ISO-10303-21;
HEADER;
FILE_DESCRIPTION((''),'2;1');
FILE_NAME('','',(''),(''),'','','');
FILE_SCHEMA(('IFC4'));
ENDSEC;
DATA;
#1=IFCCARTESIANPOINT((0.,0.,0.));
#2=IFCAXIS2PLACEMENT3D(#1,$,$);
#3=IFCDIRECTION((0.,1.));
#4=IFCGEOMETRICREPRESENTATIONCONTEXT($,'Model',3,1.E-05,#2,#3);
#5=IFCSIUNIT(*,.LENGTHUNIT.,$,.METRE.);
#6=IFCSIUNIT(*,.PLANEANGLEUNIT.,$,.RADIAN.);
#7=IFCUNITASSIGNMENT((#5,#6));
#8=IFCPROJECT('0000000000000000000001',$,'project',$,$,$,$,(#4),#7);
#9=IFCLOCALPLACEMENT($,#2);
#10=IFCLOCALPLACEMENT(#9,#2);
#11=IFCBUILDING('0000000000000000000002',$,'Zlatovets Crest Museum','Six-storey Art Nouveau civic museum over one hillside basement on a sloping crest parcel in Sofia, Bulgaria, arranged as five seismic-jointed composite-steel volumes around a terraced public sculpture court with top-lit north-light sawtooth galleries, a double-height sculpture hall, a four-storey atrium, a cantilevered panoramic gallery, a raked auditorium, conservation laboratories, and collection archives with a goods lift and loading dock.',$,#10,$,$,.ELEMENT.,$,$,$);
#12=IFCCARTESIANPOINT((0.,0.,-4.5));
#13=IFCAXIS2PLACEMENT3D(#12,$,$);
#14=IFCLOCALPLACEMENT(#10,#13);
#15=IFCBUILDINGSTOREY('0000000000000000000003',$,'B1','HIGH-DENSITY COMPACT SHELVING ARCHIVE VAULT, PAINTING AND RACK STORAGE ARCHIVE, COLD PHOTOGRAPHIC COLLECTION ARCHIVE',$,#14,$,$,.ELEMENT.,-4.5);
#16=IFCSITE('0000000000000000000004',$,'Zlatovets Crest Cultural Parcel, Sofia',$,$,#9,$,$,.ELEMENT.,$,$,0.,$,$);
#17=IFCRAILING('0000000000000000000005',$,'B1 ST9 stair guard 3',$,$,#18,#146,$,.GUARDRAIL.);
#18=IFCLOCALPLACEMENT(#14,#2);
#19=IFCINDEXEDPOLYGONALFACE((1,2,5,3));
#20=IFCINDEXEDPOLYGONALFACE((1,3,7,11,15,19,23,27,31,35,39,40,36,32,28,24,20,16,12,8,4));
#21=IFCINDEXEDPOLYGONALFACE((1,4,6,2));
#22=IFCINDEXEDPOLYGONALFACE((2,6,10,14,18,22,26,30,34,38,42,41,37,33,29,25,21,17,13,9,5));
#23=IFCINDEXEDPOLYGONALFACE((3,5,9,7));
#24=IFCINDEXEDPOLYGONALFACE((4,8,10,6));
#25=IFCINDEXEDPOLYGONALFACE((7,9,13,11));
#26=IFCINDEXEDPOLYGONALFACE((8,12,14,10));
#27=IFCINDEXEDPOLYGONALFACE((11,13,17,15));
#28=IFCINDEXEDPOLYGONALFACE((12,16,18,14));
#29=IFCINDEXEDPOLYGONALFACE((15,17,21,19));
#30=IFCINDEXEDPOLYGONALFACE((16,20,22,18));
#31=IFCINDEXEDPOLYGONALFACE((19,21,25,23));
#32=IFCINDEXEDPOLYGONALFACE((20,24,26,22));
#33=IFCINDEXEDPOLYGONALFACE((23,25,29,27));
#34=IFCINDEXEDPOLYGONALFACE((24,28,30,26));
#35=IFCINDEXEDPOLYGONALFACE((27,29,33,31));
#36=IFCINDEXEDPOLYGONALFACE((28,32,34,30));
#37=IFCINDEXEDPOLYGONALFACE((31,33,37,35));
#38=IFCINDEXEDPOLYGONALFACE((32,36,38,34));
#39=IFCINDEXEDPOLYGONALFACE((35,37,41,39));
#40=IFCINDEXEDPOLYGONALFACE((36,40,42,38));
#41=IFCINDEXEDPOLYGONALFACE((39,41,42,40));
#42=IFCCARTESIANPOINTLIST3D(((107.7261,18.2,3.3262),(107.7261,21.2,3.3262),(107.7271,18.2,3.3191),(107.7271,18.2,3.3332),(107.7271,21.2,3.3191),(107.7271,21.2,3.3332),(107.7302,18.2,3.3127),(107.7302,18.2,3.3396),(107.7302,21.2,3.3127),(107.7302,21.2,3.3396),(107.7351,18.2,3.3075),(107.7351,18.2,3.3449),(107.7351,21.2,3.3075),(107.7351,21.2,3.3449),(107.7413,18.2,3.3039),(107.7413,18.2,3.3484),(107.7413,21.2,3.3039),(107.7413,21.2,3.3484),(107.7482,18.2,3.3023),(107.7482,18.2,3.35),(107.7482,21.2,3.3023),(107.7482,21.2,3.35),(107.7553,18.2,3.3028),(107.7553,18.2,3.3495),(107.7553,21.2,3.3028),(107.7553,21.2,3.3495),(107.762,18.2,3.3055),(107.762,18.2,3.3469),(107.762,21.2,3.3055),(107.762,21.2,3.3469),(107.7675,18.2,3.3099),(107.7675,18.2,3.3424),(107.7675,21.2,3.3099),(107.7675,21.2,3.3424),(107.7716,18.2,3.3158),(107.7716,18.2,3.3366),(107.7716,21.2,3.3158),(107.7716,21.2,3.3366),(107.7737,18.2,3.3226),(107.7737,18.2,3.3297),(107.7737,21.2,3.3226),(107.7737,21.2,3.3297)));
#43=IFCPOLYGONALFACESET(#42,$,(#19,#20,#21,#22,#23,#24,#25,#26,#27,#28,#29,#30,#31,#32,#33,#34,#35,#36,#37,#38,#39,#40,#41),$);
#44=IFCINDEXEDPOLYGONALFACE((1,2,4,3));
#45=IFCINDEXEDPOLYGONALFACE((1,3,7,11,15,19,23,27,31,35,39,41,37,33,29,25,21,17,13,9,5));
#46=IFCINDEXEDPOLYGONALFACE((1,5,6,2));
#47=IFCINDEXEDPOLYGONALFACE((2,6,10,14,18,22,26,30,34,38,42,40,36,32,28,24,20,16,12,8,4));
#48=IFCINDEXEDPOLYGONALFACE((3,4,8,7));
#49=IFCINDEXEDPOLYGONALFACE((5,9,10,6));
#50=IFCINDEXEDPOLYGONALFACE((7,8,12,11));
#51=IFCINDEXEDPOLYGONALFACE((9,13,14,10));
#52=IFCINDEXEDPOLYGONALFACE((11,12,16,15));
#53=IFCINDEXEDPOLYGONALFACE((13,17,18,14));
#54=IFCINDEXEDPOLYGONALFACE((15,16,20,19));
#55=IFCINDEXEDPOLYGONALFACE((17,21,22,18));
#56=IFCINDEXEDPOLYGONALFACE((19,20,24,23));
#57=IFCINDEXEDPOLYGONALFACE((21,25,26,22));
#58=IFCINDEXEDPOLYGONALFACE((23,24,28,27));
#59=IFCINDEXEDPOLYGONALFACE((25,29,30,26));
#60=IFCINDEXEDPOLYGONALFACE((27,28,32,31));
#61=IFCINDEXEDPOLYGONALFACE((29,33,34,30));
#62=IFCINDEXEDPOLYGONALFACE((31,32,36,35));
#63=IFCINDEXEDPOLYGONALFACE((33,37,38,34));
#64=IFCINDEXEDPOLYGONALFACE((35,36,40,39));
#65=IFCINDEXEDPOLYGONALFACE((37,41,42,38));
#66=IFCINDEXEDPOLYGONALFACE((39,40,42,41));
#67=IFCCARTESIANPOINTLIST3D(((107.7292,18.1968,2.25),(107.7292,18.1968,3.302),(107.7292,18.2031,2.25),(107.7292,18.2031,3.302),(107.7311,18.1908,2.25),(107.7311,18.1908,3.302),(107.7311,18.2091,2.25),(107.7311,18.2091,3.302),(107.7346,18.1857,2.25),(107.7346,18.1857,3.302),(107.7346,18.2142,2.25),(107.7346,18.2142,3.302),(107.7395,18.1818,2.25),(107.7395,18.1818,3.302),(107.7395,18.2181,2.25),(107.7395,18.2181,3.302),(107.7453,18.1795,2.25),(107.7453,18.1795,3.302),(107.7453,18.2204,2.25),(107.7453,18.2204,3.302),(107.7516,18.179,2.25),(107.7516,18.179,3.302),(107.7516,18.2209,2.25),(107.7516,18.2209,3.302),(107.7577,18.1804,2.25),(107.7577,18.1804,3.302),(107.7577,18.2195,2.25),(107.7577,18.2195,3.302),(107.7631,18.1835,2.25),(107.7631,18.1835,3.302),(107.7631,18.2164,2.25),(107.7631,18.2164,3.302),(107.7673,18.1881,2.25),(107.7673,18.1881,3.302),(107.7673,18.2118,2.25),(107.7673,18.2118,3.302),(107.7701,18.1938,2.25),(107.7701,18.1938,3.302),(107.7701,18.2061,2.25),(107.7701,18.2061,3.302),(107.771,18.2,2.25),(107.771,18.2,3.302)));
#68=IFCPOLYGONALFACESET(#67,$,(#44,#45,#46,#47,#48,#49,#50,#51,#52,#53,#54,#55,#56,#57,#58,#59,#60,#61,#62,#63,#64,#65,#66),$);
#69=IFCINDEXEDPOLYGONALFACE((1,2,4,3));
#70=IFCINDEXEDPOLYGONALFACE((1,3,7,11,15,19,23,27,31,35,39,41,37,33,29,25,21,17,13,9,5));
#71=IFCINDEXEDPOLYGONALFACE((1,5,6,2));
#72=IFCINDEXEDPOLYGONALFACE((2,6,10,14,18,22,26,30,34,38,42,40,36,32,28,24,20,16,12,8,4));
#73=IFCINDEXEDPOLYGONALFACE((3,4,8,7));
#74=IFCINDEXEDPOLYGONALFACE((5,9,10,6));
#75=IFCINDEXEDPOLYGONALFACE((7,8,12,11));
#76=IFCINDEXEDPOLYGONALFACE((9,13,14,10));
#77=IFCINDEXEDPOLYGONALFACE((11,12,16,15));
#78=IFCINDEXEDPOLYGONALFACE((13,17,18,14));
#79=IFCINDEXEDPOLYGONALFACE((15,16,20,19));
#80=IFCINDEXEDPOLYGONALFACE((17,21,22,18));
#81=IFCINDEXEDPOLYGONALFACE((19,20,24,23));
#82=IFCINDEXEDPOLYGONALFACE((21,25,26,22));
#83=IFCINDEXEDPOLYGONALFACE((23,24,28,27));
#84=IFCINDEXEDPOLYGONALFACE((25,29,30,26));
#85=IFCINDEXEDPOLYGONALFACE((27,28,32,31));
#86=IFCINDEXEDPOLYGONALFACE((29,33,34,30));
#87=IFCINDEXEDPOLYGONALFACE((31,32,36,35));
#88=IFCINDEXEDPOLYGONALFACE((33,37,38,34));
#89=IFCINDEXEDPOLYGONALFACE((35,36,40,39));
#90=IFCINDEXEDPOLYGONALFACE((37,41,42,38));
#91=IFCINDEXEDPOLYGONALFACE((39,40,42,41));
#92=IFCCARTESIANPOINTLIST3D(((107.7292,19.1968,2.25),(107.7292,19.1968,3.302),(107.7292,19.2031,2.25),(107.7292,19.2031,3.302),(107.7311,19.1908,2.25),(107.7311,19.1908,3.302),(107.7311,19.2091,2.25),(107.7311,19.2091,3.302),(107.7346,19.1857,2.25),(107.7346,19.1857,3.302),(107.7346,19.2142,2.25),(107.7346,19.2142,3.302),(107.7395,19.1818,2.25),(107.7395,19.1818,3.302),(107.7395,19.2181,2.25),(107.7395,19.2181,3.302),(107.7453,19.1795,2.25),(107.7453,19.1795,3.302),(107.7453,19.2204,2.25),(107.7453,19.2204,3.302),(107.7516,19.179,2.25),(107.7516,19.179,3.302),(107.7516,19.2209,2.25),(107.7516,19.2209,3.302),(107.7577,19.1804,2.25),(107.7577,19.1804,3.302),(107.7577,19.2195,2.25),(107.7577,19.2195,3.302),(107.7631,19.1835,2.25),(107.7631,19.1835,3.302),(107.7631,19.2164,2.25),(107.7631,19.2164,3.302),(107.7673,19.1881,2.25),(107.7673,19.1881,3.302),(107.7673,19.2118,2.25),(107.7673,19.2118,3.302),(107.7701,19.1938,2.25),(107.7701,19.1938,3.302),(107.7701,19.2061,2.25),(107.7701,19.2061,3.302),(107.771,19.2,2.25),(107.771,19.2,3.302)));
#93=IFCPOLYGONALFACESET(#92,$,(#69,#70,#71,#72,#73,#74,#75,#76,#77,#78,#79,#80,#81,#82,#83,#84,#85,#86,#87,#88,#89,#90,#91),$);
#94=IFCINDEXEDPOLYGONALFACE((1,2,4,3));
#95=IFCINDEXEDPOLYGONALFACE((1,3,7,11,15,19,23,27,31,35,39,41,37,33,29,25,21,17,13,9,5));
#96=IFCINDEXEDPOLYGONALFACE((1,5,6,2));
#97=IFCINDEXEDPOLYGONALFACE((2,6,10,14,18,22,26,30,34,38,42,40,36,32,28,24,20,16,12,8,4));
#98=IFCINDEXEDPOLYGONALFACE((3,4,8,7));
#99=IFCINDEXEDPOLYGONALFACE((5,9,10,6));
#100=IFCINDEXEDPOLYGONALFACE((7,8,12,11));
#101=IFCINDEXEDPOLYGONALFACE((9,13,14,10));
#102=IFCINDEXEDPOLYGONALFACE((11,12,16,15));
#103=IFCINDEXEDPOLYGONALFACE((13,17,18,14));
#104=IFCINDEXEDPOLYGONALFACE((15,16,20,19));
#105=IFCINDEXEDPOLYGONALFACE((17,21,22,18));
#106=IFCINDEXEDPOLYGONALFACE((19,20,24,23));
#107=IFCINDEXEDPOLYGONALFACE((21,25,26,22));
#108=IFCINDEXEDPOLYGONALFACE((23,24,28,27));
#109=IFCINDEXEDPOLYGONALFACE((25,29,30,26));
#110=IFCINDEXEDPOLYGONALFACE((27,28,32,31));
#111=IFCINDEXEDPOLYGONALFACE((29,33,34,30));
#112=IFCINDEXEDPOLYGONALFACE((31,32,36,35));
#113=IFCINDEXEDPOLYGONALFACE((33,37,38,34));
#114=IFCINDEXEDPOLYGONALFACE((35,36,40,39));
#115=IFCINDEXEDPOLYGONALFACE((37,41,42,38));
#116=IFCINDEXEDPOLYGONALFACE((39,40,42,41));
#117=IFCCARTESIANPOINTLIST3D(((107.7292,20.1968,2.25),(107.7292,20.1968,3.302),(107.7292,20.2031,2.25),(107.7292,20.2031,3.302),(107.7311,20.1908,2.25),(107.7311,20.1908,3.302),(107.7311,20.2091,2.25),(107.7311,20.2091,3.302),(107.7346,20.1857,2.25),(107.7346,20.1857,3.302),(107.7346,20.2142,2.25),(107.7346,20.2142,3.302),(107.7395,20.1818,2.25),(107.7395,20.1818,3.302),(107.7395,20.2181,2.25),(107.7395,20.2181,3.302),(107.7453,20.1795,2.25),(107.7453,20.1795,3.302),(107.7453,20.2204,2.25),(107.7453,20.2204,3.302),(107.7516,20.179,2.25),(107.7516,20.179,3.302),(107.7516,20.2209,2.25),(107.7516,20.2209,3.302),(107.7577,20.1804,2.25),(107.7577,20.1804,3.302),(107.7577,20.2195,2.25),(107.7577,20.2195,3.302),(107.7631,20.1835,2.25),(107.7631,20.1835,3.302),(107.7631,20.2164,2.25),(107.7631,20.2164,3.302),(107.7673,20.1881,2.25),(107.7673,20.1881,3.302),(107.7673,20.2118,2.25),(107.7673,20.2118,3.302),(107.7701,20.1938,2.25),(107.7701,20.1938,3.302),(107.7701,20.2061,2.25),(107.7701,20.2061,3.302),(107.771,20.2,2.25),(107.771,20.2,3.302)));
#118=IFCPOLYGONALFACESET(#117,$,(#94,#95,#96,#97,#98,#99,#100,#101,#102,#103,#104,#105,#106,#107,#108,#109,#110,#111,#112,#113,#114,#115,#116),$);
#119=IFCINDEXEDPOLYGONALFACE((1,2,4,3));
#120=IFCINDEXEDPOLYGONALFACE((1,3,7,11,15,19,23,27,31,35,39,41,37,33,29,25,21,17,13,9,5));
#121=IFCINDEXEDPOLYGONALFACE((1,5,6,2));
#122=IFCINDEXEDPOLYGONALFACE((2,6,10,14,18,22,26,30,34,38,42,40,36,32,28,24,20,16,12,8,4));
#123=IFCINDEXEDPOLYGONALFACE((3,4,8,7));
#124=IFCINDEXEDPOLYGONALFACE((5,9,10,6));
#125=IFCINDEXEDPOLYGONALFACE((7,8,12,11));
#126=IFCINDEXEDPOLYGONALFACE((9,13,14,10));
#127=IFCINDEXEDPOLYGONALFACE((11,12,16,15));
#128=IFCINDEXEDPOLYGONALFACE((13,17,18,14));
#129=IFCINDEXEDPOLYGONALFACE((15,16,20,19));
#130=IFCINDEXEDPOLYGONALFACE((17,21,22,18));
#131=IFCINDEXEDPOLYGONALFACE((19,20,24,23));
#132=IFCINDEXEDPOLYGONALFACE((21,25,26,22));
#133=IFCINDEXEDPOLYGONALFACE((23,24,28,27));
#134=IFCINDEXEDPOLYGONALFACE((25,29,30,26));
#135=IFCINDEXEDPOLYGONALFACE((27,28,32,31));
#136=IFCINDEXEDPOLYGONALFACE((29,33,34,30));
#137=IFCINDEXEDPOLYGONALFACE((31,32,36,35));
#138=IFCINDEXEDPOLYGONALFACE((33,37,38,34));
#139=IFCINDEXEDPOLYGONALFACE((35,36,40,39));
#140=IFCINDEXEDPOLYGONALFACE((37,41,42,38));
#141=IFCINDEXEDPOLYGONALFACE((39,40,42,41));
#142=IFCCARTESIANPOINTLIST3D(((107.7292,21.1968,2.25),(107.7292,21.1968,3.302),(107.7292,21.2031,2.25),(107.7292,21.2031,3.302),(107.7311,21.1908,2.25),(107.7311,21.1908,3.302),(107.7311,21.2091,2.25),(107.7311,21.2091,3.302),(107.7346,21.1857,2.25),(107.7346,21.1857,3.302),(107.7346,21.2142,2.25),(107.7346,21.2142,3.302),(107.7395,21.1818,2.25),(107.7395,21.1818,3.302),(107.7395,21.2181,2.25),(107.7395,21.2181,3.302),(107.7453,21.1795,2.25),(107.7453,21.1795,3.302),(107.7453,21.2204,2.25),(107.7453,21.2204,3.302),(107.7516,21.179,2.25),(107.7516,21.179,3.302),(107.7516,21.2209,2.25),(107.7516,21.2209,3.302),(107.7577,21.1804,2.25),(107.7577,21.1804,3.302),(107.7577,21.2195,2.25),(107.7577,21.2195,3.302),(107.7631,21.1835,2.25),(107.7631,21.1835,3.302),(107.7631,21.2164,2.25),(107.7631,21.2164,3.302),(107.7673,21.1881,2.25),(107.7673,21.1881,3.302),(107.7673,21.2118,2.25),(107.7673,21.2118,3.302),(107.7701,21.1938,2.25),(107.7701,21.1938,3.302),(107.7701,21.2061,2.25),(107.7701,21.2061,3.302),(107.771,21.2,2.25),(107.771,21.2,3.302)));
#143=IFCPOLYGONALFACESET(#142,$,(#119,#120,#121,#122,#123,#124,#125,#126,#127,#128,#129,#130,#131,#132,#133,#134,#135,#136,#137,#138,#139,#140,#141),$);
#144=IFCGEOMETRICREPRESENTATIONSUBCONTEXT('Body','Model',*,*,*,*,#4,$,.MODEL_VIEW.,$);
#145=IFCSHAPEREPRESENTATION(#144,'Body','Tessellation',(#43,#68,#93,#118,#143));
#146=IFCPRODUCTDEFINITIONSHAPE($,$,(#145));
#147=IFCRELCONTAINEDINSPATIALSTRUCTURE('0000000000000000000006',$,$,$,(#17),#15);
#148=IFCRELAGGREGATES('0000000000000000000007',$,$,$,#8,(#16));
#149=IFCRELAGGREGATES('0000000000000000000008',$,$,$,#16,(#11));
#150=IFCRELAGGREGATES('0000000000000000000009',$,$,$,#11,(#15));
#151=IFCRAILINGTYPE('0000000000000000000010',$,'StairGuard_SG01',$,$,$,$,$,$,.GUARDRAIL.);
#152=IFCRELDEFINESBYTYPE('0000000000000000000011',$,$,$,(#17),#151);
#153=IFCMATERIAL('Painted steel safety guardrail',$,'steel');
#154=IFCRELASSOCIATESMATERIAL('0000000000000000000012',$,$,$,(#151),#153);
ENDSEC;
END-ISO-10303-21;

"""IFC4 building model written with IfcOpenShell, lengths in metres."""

from ifc_helpers import new_model, si_unit, direction, frame, origin, origin_2d, place, context, subcontext, project, spatial, circle, extrude, material, type_object, element, save


model = new_model("IFC4")

# Units and contexts
model_context = context("Model", 3, precision=1e-05, world=origin(), true_north=direction((0.0, 1.0)))
body_context = subcontext(model_context, "Body", "Model", "MODEL_VIEW")
ifc_project = project(units=[si_unit("LENGTHUNIT", "METRE"), si_unit("PLANEANGLEUNIT", "RADIAN")], contexts=[model_context])

# Site, building, storey
site_placement = place(None, origin())
site = spatial("IfcSite", under=ifc_project, at=site_placement, Name="Zlatovets Crest Cultural Parcel, Sofia", CompositionType="ELEMENT", RefElevation=0.0)
building_placement = place(site_placement, origin())
building = spatial("IfcBuilding", under=site, at=building_placement, Name="Zlatovets Crest Museum", Description="Six-storey Art Nouveau civic museum over one hillside basement on a sloping crest parcel in Sofia, Bulgaria, arranged as five seismic-jointed composite-steel volumes around a terraced public sculpture court with top-lit north-light sawtooth galleries, a double-height sculpture hall, a four-storey atrium, a cantilevered panoramic gallery, a raked auditorium, conservation laboratories, and collection archives with a goods lift and loading dock.", CompositionType="ELEMENT")
storey_placement = place(building_placement, frame((0.0, 0.0, -4.5)))
storey = spatial("IfcBuildingStorey", under=building, at=storey_placement, Name="B1", Description="HIGH-DENSITY COMPACT SHELVING ARCHIVE VAULT, PAINTING AND RACK STORAGE ARCHIVE, COLD PHOTOGRAPHIC COLLECTION ARCHIVE", CompositionType="ELEMENT", Elevation=-4.5)

# Railing
ifc_material_1 = material(Name="Painted steel safety guardrail", Category="steel")
railing_type_1 = type_object("IfcRailingType", Name="StairGuard_SG01", PredefinedType="GUARDRAIL", material=ifc_material_1)
for number, where, name in (
    (1, (107.75, 18.2, 2.25), "B1 ST9 stair guard 3"),
):
    element("IfcRailing", number, at=place(storey_placement, frame(where)), inside=storey, type_object=railing_type_1, Name=name, PredefinedType="GUARDRAIL", context=body_context, shape_type="SweptSolid", body=[
        extrude(circle(Radius=0.0239, at=origin_2d()), frame((0.0, 0.0, 1.0762), z_axis=(0.0, 1.0, 0.0), x_axis=(-1.0, 0.0, 0.0)), (0.0, 0.0, 1.0), 3.0),
        extrude(circle(Radius=0.021, at=origin_2d()), origin(), (0.0, 0.0, 1.0), 1.052),
        extrude(circle(Radius=0.021, at=origin_2d()), frame((0.0, 1.0, 0.0)), (0.0, 0.0, 1.0), 1.052),
        extrude(circle(Radius=0.021, at=origin_2d()), frame((0.0, 2.0, 0.0)), (0.0, 0.0, 1.0), 1.052),
        extrude(circle(Radius=0.021, at=origin_2d()), frame((0.0, 3.0, 0.0)), (0.0, 0.0, 1.0), 1.052),
    ])

save(model, "model.ifc")
